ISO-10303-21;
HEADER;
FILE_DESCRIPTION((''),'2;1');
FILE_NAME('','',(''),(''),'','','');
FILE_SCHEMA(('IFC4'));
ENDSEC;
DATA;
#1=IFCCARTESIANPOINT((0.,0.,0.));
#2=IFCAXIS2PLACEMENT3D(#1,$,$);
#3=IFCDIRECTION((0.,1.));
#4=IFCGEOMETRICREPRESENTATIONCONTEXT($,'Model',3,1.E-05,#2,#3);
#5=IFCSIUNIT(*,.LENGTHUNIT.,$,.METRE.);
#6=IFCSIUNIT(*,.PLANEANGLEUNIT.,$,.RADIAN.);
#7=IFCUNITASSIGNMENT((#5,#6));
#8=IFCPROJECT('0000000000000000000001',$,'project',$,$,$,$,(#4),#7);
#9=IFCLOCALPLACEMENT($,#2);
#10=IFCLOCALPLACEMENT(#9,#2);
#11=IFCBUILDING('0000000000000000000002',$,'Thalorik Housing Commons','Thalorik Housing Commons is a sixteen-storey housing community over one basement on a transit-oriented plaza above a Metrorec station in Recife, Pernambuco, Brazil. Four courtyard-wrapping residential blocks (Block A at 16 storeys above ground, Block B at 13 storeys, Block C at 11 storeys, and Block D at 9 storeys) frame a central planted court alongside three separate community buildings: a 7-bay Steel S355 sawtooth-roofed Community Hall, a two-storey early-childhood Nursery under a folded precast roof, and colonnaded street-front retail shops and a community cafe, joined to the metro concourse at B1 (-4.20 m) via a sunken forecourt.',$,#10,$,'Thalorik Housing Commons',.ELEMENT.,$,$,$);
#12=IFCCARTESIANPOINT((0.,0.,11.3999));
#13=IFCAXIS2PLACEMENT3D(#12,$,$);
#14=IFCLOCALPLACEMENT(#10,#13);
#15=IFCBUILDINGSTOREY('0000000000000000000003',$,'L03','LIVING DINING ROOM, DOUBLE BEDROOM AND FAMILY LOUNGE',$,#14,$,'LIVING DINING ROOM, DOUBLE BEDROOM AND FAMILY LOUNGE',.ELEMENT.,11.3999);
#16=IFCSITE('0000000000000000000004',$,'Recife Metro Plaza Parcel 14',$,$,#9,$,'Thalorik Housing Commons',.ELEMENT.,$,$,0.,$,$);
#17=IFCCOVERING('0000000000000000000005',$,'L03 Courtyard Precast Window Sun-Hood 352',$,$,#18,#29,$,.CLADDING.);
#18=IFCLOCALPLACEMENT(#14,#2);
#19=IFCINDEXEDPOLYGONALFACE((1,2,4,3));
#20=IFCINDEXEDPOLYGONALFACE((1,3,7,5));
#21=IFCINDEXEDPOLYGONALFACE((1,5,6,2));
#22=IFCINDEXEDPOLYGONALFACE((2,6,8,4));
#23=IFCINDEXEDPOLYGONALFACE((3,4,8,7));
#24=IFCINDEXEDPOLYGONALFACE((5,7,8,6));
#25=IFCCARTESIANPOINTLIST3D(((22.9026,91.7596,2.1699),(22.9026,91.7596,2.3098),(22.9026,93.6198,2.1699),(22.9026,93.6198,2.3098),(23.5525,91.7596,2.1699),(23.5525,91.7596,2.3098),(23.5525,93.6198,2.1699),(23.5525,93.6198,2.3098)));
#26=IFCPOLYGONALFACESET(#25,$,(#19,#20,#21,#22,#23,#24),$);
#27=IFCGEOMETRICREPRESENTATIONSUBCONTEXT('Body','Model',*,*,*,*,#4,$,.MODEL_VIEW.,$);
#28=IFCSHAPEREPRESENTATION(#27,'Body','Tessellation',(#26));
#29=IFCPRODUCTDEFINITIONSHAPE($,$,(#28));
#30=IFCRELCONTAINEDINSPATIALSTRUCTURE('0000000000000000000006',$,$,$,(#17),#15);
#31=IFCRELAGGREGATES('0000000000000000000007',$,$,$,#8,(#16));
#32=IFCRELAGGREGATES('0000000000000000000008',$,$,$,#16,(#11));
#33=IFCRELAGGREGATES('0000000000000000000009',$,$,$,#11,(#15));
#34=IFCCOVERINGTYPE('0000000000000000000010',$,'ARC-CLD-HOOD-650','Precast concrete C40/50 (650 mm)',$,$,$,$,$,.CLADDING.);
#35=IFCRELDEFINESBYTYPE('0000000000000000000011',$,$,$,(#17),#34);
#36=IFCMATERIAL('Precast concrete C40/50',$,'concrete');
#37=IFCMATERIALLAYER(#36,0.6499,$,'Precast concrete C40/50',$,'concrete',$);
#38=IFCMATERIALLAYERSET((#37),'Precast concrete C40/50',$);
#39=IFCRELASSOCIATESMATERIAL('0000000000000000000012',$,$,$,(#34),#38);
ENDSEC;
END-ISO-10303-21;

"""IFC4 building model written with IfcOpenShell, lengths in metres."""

from ifc_helpers import new_model, si_unit, direction, frame, origin, origin_2d, place, context, subcontext, project, spatial, rectangle, extrude, material, layer, layer_set, type_object, element, save


model = new_model("IFC4")

# Units and contexts
model_context = context("Model", 3, precision=1e-05, world=origin(), true_north=direction((0.0, 1.0)))
body_context = subcontext(model_context, "Body", "Model", "MODEL_VIEW")
ifc_project = project(units=[si_unit("LENGTHUNIT", "METRE"), si_unit("PLANEANGLEUNIT", "RADIAN")], contexts=[model_context])

# Site, building, storey
site_placement = place(None, origin())
site = spatial("IfcSite", under=ifc_project, at=site_placement, Name="Recife Metro Plaza Parcel 14", LongName="Thalorik Housing Commons", CompositionType="ELEMENT", RefElevation=0.0)
building_placement = place(site_placement, origin())
building = spatial("IfcBuilding", under=site, at=building_placement, Name="Thalorik Housing Commons", Description="Thalorik Housing Commons is a sixteen-storey housing community over one basement on a transit-oriented plaza above a Metrorec station in Recife, Pernambuco, Brazil. Four courtyard-wrapping residential blocks (Block A at 16 storeys above ground, Block B at 13 storeys, Block C at 11 storeys, and Block D at 9 storeys) frame a central planted court alongside three separate community buildings: a 7-bay Steel S355 sawtooth-roofed Community Hall, a two-storey early-childhood Nursery under a folded precast roof, and colonnaded street-front retail shops and a community cafe, joined to the metro concourse at B1 (-4.20 m) via a sunken forecourt.", LongName="Thalorik Housing Commons", CompositionType="ELEMENT")
storey_placement = place(building_placement, frame((0.0, 0.0, 11.3999)))
storey = spatial("IfcBuildingStorey", under=building, at=storey_placement, Name="L03", Description="LIVING DINING ROOM, DOUBLE BEDROOM AND FAMILY LOUNGE", LongName="LIVING DINING ROOM, DOUBLE BEDROOM AND FAMILY LOUNGE", CompositionType="ELEMENT", Elevation=11.3999)

# Shared definitions
ifc_material_1 = material(Name="Precast concrete C40/50", Category="concrete")

# Covering
ifc_layer_1 = layer(ifc_material_1, 0.6499, Name="Precast concrete C40/50", Category="concrete")
ifc_layer_set_1 = layer_set([ifc_layer_1], Name="Precast concrete C40/50")
covering_type_1 = type_object("IfcCoveringType", Name="ARC-CLD-HOOD-650", Description="Precast concrete C40/50 (650 mm)", PredefinedType="CLADDING", material=ifc_layer_set_1)
covering_1_placement = place(storey_placement, frame((23.2275, 92.6897, 2.1699), z_axis=(0.0, 0.0, 1.0), x_axis=(0.0, 1.0, 0.0)))
element("IfcCovering", 1, at=covering_1_placement, inside=storey, type_object=covering_type_1, Name="L03 Courtyard Precast Window Sun-Hood 352", PredefinedType="CLADDING", context=body_context, shape_type="SweptSolid", body=[
    extrude(rectangle(XDim=1.8601, YDim=0.6499, at=origin_2d()), origin(), (0.0, 0.0, 1.0), 0.1399),
])

save(model, "model.ifc")
